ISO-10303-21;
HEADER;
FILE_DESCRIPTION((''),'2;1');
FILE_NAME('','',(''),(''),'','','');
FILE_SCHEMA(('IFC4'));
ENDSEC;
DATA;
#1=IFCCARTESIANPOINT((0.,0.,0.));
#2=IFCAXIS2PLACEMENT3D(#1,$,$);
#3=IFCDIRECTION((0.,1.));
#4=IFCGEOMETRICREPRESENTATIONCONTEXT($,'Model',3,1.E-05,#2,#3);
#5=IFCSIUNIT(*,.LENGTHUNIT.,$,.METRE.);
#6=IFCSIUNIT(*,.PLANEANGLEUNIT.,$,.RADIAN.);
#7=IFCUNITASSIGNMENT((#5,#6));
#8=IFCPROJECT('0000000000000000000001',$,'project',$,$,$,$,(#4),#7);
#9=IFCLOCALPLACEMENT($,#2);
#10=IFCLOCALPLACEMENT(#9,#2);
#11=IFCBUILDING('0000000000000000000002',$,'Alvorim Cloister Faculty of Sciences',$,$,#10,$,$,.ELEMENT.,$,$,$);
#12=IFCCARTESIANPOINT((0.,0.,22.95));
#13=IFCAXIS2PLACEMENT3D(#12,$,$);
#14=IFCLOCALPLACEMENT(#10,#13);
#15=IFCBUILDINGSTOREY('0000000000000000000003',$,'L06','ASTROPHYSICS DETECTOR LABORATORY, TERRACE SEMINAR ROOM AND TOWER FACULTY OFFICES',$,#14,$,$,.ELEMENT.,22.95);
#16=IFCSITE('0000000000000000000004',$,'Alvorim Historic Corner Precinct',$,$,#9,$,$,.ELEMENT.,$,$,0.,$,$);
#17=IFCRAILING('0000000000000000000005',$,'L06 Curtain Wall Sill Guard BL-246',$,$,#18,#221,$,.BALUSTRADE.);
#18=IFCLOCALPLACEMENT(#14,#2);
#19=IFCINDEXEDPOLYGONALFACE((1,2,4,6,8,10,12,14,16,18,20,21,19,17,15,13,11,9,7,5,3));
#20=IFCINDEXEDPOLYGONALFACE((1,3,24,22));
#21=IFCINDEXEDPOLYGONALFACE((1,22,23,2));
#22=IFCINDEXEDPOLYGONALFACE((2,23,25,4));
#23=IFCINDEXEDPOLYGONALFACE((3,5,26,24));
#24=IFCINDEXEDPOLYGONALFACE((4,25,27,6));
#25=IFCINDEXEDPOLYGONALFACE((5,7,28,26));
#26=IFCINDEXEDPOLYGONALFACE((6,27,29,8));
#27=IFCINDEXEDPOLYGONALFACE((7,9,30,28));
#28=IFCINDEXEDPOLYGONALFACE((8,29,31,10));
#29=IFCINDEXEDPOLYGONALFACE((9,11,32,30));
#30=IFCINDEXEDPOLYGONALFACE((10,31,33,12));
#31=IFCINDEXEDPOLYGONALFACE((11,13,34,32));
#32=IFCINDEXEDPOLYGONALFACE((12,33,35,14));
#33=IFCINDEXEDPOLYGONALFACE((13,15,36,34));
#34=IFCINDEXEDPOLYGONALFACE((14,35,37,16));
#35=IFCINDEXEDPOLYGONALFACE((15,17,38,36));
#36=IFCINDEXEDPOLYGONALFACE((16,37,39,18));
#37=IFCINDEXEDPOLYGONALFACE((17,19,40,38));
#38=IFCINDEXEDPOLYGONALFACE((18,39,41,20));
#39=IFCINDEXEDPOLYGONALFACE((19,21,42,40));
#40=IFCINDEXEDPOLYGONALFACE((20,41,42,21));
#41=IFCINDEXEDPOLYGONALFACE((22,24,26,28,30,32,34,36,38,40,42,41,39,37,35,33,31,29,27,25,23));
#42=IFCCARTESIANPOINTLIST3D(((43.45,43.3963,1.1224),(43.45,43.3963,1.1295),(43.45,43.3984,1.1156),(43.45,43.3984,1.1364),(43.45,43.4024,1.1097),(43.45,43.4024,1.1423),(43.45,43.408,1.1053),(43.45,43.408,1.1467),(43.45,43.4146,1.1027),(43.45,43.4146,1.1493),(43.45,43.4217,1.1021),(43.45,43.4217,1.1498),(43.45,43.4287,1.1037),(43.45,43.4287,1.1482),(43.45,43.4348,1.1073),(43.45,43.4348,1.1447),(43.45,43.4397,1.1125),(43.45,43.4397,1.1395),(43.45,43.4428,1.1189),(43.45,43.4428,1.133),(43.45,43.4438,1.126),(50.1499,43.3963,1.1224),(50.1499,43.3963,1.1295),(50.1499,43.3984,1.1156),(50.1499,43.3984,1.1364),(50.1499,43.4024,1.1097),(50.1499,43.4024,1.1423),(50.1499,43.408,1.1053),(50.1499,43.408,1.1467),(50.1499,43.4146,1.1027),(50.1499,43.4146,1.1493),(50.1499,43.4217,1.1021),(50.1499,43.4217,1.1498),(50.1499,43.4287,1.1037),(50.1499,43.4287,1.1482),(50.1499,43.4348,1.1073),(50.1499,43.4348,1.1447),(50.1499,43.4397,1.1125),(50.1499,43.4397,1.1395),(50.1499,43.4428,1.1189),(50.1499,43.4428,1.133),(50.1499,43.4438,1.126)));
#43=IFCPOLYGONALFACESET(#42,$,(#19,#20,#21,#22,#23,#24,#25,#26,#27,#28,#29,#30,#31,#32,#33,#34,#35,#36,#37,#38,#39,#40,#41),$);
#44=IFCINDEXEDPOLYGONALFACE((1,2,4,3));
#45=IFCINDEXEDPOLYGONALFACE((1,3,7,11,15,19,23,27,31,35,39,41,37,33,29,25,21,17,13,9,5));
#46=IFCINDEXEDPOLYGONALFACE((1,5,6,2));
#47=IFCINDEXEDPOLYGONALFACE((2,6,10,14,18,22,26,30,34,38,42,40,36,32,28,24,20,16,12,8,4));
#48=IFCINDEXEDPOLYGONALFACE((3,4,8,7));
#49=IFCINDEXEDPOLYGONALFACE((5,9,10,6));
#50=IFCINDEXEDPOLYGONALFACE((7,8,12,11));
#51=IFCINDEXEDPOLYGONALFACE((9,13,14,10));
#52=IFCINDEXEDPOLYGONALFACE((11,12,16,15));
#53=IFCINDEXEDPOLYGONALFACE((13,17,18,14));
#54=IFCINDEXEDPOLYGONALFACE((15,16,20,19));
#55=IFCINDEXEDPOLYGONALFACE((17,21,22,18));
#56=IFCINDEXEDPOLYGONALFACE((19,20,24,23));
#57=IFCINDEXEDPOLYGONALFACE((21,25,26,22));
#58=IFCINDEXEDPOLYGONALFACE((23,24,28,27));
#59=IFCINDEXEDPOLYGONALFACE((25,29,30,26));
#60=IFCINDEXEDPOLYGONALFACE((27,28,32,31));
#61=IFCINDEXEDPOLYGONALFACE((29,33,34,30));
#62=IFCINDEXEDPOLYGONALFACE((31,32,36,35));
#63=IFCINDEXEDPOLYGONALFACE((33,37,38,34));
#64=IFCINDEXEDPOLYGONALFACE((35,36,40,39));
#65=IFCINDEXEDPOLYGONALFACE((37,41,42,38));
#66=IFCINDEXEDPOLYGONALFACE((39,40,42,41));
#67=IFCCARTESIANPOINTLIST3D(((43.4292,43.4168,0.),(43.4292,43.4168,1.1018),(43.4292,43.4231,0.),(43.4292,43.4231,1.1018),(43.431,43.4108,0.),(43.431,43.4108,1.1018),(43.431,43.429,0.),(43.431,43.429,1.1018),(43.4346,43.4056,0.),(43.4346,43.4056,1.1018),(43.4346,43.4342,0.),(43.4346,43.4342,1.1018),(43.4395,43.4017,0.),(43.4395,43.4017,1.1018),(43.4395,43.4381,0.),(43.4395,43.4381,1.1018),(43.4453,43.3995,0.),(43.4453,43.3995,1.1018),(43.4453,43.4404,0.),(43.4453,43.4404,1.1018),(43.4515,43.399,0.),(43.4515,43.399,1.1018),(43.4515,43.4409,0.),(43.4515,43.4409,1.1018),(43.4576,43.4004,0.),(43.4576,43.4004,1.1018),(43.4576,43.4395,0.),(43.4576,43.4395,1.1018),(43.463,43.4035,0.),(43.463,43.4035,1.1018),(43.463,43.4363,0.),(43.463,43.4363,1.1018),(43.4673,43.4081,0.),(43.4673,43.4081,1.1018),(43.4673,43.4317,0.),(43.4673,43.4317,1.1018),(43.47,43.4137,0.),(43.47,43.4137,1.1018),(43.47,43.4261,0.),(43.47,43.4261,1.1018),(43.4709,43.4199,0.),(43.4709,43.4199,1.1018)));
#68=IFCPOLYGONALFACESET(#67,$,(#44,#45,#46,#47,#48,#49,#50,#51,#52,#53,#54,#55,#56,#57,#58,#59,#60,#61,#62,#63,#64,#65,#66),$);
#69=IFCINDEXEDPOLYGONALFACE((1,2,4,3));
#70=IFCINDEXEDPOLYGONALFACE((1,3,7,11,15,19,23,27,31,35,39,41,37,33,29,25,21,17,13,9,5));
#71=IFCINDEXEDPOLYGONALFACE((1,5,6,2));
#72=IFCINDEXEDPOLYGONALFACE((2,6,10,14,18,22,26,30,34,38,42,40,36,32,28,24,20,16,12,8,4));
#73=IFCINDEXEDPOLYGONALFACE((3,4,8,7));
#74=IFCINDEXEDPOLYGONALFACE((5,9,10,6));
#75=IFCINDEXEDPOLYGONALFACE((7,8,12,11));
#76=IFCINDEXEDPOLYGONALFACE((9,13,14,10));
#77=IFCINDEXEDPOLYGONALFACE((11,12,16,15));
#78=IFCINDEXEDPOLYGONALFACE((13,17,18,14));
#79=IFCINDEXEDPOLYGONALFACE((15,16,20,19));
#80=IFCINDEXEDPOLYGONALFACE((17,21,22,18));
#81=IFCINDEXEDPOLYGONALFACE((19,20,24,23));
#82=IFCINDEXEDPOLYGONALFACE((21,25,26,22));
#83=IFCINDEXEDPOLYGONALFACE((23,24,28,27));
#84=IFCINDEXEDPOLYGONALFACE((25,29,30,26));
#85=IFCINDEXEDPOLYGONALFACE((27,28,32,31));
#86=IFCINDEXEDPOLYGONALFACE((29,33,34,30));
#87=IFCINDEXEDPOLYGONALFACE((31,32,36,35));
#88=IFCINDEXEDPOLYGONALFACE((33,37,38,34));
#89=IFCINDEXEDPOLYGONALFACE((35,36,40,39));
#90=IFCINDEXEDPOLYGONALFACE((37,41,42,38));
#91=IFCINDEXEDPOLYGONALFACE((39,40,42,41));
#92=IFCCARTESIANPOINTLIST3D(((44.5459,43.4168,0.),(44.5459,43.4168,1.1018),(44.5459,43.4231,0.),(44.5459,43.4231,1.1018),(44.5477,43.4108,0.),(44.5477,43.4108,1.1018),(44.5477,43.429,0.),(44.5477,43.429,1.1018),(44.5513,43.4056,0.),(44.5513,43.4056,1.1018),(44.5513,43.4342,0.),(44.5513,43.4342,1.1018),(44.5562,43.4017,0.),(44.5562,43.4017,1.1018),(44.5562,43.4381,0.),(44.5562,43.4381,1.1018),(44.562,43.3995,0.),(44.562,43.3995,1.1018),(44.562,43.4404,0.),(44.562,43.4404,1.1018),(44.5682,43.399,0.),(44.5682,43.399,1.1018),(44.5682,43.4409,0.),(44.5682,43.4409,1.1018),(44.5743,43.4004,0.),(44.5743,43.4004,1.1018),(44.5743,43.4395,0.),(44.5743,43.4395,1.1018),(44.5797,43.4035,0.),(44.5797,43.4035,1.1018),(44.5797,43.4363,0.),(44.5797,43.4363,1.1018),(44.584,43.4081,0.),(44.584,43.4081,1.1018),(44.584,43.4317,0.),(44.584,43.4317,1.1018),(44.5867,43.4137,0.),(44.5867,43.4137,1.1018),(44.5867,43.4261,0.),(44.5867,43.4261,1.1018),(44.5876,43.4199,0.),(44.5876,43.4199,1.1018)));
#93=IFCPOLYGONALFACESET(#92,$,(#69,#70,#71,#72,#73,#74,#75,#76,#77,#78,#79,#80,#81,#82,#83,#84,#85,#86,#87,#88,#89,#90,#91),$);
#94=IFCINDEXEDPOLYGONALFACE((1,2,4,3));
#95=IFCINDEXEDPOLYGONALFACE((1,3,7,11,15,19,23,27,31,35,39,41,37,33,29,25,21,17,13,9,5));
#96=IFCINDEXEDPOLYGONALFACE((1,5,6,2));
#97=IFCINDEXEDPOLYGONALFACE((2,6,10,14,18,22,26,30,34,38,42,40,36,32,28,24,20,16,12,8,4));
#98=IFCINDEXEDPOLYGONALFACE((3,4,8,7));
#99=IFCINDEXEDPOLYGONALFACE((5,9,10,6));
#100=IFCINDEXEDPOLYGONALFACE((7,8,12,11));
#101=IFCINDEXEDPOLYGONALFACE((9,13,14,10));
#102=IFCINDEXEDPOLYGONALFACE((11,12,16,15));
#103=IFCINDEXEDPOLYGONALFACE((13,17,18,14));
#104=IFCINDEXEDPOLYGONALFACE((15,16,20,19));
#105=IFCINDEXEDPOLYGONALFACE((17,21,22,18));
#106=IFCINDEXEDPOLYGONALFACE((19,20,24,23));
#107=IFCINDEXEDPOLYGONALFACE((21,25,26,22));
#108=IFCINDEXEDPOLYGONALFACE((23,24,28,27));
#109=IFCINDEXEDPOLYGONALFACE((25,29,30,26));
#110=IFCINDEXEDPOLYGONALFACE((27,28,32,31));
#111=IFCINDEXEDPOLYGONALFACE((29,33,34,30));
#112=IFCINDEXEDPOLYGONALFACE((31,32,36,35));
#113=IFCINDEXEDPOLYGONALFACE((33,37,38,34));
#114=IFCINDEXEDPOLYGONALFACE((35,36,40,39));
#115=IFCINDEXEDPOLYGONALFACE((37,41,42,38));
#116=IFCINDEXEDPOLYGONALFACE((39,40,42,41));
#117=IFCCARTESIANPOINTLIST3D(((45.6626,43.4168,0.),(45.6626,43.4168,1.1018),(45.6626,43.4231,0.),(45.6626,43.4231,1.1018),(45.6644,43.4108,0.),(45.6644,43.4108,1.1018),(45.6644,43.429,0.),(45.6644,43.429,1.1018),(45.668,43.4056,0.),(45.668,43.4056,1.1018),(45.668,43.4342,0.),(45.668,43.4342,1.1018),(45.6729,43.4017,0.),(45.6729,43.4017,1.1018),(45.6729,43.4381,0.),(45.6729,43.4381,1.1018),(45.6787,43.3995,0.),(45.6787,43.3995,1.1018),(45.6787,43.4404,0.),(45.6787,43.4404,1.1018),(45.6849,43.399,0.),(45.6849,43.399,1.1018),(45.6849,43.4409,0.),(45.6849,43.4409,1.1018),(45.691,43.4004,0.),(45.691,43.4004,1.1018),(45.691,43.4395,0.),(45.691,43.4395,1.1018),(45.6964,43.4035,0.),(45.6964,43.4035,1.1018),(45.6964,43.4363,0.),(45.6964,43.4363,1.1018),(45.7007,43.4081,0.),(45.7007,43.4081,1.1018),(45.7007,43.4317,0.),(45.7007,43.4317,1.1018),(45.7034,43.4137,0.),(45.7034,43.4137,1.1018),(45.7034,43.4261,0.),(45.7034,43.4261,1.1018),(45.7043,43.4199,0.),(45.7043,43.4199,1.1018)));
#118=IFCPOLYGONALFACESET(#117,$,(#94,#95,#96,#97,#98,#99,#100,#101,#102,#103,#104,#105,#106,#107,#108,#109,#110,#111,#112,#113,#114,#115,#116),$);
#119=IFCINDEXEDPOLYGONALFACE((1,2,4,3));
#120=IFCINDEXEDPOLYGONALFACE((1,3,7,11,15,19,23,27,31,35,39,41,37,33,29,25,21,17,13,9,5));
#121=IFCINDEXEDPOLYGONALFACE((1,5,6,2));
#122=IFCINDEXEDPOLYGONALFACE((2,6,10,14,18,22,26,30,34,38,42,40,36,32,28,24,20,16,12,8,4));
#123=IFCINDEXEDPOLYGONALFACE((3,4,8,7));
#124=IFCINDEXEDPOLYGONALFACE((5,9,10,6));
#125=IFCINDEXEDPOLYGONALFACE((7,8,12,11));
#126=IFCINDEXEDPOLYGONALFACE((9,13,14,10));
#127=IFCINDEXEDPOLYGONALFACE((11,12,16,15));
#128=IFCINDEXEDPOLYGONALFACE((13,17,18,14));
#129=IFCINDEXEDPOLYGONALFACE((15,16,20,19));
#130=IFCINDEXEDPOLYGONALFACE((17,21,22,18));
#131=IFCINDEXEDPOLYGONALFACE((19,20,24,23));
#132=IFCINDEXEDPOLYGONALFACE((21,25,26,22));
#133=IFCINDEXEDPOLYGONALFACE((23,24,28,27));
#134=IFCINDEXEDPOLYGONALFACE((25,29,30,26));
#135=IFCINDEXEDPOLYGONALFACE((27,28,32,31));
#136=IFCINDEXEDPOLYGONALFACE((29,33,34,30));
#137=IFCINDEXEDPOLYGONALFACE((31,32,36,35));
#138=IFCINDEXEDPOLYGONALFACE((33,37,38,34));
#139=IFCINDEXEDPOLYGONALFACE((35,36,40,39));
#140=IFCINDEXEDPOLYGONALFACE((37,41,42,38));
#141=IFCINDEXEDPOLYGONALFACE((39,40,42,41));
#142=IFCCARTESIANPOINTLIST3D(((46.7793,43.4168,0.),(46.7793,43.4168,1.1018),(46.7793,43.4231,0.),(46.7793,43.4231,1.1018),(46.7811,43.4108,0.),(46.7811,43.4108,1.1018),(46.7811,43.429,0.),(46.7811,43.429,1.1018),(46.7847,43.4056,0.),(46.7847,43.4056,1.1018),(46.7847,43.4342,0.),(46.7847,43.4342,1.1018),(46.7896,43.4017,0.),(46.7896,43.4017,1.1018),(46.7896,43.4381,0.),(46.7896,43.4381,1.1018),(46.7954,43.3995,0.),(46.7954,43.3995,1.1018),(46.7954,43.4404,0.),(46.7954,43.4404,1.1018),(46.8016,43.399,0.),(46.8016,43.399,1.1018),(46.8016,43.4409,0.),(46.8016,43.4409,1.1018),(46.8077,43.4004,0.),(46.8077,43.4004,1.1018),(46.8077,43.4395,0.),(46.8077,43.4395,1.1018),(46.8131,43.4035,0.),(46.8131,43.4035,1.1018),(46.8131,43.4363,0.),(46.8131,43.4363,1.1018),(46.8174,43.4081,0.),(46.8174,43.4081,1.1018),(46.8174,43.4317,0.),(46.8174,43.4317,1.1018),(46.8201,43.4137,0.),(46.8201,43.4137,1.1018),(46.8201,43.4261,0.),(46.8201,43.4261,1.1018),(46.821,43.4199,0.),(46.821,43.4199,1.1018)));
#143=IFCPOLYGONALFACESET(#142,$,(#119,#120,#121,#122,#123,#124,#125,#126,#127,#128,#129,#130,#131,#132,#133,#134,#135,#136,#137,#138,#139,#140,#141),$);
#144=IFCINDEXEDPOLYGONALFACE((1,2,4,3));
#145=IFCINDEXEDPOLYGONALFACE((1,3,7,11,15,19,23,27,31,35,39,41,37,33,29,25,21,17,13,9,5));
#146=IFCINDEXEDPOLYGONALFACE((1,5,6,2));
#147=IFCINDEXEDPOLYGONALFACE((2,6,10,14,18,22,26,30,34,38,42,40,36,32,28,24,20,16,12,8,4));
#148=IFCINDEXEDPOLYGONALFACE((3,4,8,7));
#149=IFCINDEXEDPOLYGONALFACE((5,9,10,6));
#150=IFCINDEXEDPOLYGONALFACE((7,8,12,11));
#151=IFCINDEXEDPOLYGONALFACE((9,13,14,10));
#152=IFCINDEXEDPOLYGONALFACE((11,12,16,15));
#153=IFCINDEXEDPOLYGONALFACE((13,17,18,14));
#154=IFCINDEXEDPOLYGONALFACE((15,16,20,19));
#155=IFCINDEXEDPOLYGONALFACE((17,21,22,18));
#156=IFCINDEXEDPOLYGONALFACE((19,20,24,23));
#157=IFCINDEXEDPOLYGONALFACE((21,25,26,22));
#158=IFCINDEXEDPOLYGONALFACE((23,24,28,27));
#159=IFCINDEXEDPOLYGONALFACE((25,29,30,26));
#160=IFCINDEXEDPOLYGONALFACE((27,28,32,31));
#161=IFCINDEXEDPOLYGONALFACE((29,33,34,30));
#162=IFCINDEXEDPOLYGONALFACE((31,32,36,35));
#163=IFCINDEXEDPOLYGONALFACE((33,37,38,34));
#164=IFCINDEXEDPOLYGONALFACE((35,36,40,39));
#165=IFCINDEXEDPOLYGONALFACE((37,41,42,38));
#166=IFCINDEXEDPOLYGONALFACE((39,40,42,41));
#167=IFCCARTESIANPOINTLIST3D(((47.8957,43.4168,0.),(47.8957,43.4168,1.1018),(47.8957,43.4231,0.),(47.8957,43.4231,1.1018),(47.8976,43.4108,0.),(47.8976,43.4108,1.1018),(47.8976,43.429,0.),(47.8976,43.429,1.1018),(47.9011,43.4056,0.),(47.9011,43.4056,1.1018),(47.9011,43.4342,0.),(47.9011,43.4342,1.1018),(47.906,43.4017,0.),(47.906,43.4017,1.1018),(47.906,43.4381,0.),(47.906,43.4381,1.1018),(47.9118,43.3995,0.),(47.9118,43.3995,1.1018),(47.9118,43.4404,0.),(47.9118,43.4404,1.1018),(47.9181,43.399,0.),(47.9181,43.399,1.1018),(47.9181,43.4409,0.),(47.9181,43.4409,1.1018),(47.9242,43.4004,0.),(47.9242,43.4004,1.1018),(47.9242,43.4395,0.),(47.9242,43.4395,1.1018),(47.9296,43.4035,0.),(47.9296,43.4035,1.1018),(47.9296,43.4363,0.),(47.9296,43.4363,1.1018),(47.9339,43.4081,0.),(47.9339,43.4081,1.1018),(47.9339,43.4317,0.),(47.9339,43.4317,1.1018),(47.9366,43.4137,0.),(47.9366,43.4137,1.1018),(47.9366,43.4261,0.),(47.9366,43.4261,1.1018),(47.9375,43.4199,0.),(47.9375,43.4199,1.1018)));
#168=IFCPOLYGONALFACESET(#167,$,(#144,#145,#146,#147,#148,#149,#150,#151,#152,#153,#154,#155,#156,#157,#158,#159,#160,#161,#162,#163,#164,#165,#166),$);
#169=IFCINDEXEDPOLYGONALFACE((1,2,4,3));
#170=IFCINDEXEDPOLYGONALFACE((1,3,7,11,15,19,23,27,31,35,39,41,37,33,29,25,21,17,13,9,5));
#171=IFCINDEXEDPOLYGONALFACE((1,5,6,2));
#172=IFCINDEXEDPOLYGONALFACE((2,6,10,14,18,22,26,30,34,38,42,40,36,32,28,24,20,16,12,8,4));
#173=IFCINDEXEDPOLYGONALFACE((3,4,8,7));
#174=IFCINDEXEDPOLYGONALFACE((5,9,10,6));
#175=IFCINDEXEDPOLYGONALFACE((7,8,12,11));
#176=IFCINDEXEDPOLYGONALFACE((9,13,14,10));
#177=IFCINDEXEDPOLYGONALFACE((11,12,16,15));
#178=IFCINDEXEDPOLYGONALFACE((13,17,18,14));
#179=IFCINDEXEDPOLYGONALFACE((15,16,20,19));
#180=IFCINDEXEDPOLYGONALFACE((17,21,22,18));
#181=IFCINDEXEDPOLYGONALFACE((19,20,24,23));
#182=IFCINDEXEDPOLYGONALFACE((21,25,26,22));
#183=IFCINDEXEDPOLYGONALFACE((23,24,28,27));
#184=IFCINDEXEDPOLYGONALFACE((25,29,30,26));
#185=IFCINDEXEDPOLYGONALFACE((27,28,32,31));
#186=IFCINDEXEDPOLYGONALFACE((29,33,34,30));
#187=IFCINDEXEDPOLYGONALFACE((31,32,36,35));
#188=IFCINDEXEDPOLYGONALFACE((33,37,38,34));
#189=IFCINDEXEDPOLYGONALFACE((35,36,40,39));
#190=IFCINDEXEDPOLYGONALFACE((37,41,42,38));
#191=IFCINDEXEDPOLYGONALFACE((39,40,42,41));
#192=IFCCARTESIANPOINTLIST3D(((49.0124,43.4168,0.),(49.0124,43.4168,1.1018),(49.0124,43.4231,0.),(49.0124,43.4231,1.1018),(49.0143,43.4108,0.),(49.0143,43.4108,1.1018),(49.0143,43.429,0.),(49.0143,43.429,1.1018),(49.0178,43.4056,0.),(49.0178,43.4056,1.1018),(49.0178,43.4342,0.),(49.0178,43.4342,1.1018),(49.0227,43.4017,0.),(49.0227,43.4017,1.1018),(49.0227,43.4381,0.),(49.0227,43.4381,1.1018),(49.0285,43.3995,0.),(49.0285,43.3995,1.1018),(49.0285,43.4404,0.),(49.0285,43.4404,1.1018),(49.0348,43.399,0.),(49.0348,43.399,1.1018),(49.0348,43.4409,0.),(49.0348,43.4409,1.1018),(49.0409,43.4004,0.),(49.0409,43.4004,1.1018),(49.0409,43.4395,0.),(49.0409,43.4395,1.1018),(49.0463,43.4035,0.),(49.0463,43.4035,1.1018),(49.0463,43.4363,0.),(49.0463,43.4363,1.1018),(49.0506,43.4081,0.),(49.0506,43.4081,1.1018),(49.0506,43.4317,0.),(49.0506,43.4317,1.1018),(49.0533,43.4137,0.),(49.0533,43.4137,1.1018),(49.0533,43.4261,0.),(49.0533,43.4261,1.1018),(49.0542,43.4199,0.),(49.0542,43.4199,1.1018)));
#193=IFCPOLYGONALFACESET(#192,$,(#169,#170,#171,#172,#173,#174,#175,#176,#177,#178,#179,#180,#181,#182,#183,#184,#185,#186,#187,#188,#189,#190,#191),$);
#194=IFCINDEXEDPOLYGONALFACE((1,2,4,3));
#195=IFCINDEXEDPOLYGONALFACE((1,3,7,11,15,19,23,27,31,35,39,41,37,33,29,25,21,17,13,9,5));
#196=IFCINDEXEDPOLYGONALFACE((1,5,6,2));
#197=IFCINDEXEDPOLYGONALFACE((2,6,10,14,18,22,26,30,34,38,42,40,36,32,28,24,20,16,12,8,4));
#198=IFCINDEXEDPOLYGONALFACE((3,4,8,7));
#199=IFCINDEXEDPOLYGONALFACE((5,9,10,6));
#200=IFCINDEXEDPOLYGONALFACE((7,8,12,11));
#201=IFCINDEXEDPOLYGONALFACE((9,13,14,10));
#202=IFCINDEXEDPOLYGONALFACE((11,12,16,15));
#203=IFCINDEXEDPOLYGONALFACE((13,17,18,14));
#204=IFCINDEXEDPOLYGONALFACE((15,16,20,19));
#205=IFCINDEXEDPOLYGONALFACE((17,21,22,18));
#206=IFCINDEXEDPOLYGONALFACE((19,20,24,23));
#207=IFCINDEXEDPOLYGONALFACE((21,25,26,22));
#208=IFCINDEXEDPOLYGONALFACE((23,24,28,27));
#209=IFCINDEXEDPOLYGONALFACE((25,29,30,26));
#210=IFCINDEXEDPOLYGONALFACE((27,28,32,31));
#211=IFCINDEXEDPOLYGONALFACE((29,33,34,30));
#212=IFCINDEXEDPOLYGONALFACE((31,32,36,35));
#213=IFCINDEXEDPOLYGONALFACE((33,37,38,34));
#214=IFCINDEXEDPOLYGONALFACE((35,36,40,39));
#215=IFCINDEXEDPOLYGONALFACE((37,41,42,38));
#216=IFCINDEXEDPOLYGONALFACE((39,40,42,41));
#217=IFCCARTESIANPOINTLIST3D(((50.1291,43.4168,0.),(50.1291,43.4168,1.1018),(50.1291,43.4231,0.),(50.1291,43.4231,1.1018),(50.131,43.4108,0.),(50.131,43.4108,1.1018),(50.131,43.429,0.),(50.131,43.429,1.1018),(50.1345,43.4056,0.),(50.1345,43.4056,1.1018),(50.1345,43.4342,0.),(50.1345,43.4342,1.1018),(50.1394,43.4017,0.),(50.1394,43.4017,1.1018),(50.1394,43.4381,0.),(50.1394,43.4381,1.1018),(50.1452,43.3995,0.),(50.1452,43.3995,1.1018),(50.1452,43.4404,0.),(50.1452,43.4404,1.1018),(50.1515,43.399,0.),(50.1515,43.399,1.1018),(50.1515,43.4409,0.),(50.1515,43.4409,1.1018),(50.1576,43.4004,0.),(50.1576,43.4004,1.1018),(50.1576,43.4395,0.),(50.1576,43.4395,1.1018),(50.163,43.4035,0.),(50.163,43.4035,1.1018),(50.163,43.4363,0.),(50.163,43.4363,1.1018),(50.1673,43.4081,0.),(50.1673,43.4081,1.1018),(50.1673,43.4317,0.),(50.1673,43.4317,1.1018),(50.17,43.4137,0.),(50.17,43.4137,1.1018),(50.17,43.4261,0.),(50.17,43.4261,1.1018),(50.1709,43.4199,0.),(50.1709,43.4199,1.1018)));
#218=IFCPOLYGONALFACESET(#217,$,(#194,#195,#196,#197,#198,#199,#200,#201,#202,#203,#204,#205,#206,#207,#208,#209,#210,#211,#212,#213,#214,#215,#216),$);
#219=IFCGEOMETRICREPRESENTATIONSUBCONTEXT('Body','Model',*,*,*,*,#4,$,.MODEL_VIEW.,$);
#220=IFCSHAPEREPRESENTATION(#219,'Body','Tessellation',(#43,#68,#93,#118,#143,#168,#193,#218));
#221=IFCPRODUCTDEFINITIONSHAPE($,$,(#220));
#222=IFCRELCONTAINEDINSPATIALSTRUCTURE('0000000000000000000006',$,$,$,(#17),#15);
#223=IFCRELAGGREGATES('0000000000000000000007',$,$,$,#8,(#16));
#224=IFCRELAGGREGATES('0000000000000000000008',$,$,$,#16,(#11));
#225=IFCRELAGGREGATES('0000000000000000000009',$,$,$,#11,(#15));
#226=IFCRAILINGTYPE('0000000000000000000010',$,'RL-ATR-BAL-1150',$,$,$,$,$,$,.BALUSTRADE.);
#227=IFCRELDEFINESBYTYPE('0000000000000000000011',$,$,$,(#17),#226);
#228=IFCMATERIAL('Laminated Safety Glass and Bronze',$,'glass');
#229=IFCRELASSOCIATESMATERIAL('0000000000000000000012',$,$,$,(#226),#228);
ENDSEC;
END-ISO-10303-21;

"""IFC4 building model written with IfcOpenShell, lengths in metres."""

from ifc_helpers import new_model, si_unit, direction, frame, origin, origin_2d, place, context, subcontext, project, spatial, circle, extrude, material, type_object, element, save


model = new_model("IFC4")

# Units and contexts
model_context = context("Model", 3, precision=1e-05, world=origin(), true_north=direction((0.0, 1.0)))
body_context = subcontext(model_context, "Body", "Model", "MODEL_VIEW")
ifc_project = project(units=[si_unit("LENGTHUNIT", "METRE"), si_unit("PLANEANGLEUNIT", "RADIAN")], contexts=[model_context])

# Site, building, storey
site_placement = place(None, origin())
site = spatial("IfcSite", under=ifc_project, at=site_placement, Name="Alvorim Historic Corner Precinct", CompositionType="ELEMENT", RefElevation=0.0)
building_placement = place(site_placement, origin())
building = spatial("IfcBuilding", under=site, at=building_placement, Name="Alvorim Cloister Faculty of Sciences", CompositionType="ELEMENT")
storey_placement = place(building_placement, frame((0.0, 0.0, 22.95)))
storey = spatial("IfcBuildingStorey", under=building, at=storey_placement, Name="L06", Description="ASTROPHYSICS DETECTOR LABORATORY, TERRACE SEMINAR ROOM AND TOWER FACULTY OFFICES", CompositionType="ELEMENT", Elevation=22.95)

# Railing
ifc_material_1 = material(Name="Laminated Safety Glass and Bronze", Category="glass")
railing_type_1 = type_object("IfcRailingType", Name="RL-ATR-BAL-1150", PredefinedType="BALUSTRADE", material=ifc_material_1)
railing_1_placement = place(storey_placement, frame((43.45, 43.4199, 0.0)))
element("IfcRailing", 1, at=railing_1_placement, inside=storey, type_object=railing_type_1, Name="L06 Curtain Wall Sill Guard BL-246", PredefinedType="BALUSTRADE", context=body_context, shape_type="SweptSolid", body=[
    extrude(circle(Radius=0.0239, at=origin_2d()), frame((0.0, 0.0, 1.126), z_axis=(1.0, 0.0, 0.0), x_axis=(0.0, 1.0, 0.0)), (0.0, 0.0, 1.0), 6.7),
    extrude(circle(Radius=0.021, at=origin_2d()), origin(), (0.0, 0.0, 1.0), 1.1018),
    extrude(circle(Radius=0.021, at=origin_2d()), frame((1.1167, 0.0, 0.0)), (0.0, 0.0, 1.0), 1.1018),
    extrude(circle(Radius=0.021, at=origin_2d()), frame((2.2334, 0.0, 0.0)), (0.0, 0.0, 1.0), 1.1018),
    extrude(circle(Radius=0.021, at=origin_2d()), frame((3.3501, 0.0, 0.0)), (0.0, 0.0, 1.0), 1.1018),
    extrude(circle(Radius=0.021, at=origin_2d()), frame((4.4666, 0.0, 0.0)), (0.0, 0.0, 1.0), 1.1018),
    extrude(circle(Radius=0.021, at=origin_2d()), frame((5.5833, 0.0, 0.0)), (0.0, 0.0, 1.0), 1.1018),
    extrude(circle(Radius=0.021, at=origin_2d()), frame((6.7, 0.0, 0.0)), (0.0, 0.0, 1.0), 1.1018),
])

save(model, "model.ifc")
